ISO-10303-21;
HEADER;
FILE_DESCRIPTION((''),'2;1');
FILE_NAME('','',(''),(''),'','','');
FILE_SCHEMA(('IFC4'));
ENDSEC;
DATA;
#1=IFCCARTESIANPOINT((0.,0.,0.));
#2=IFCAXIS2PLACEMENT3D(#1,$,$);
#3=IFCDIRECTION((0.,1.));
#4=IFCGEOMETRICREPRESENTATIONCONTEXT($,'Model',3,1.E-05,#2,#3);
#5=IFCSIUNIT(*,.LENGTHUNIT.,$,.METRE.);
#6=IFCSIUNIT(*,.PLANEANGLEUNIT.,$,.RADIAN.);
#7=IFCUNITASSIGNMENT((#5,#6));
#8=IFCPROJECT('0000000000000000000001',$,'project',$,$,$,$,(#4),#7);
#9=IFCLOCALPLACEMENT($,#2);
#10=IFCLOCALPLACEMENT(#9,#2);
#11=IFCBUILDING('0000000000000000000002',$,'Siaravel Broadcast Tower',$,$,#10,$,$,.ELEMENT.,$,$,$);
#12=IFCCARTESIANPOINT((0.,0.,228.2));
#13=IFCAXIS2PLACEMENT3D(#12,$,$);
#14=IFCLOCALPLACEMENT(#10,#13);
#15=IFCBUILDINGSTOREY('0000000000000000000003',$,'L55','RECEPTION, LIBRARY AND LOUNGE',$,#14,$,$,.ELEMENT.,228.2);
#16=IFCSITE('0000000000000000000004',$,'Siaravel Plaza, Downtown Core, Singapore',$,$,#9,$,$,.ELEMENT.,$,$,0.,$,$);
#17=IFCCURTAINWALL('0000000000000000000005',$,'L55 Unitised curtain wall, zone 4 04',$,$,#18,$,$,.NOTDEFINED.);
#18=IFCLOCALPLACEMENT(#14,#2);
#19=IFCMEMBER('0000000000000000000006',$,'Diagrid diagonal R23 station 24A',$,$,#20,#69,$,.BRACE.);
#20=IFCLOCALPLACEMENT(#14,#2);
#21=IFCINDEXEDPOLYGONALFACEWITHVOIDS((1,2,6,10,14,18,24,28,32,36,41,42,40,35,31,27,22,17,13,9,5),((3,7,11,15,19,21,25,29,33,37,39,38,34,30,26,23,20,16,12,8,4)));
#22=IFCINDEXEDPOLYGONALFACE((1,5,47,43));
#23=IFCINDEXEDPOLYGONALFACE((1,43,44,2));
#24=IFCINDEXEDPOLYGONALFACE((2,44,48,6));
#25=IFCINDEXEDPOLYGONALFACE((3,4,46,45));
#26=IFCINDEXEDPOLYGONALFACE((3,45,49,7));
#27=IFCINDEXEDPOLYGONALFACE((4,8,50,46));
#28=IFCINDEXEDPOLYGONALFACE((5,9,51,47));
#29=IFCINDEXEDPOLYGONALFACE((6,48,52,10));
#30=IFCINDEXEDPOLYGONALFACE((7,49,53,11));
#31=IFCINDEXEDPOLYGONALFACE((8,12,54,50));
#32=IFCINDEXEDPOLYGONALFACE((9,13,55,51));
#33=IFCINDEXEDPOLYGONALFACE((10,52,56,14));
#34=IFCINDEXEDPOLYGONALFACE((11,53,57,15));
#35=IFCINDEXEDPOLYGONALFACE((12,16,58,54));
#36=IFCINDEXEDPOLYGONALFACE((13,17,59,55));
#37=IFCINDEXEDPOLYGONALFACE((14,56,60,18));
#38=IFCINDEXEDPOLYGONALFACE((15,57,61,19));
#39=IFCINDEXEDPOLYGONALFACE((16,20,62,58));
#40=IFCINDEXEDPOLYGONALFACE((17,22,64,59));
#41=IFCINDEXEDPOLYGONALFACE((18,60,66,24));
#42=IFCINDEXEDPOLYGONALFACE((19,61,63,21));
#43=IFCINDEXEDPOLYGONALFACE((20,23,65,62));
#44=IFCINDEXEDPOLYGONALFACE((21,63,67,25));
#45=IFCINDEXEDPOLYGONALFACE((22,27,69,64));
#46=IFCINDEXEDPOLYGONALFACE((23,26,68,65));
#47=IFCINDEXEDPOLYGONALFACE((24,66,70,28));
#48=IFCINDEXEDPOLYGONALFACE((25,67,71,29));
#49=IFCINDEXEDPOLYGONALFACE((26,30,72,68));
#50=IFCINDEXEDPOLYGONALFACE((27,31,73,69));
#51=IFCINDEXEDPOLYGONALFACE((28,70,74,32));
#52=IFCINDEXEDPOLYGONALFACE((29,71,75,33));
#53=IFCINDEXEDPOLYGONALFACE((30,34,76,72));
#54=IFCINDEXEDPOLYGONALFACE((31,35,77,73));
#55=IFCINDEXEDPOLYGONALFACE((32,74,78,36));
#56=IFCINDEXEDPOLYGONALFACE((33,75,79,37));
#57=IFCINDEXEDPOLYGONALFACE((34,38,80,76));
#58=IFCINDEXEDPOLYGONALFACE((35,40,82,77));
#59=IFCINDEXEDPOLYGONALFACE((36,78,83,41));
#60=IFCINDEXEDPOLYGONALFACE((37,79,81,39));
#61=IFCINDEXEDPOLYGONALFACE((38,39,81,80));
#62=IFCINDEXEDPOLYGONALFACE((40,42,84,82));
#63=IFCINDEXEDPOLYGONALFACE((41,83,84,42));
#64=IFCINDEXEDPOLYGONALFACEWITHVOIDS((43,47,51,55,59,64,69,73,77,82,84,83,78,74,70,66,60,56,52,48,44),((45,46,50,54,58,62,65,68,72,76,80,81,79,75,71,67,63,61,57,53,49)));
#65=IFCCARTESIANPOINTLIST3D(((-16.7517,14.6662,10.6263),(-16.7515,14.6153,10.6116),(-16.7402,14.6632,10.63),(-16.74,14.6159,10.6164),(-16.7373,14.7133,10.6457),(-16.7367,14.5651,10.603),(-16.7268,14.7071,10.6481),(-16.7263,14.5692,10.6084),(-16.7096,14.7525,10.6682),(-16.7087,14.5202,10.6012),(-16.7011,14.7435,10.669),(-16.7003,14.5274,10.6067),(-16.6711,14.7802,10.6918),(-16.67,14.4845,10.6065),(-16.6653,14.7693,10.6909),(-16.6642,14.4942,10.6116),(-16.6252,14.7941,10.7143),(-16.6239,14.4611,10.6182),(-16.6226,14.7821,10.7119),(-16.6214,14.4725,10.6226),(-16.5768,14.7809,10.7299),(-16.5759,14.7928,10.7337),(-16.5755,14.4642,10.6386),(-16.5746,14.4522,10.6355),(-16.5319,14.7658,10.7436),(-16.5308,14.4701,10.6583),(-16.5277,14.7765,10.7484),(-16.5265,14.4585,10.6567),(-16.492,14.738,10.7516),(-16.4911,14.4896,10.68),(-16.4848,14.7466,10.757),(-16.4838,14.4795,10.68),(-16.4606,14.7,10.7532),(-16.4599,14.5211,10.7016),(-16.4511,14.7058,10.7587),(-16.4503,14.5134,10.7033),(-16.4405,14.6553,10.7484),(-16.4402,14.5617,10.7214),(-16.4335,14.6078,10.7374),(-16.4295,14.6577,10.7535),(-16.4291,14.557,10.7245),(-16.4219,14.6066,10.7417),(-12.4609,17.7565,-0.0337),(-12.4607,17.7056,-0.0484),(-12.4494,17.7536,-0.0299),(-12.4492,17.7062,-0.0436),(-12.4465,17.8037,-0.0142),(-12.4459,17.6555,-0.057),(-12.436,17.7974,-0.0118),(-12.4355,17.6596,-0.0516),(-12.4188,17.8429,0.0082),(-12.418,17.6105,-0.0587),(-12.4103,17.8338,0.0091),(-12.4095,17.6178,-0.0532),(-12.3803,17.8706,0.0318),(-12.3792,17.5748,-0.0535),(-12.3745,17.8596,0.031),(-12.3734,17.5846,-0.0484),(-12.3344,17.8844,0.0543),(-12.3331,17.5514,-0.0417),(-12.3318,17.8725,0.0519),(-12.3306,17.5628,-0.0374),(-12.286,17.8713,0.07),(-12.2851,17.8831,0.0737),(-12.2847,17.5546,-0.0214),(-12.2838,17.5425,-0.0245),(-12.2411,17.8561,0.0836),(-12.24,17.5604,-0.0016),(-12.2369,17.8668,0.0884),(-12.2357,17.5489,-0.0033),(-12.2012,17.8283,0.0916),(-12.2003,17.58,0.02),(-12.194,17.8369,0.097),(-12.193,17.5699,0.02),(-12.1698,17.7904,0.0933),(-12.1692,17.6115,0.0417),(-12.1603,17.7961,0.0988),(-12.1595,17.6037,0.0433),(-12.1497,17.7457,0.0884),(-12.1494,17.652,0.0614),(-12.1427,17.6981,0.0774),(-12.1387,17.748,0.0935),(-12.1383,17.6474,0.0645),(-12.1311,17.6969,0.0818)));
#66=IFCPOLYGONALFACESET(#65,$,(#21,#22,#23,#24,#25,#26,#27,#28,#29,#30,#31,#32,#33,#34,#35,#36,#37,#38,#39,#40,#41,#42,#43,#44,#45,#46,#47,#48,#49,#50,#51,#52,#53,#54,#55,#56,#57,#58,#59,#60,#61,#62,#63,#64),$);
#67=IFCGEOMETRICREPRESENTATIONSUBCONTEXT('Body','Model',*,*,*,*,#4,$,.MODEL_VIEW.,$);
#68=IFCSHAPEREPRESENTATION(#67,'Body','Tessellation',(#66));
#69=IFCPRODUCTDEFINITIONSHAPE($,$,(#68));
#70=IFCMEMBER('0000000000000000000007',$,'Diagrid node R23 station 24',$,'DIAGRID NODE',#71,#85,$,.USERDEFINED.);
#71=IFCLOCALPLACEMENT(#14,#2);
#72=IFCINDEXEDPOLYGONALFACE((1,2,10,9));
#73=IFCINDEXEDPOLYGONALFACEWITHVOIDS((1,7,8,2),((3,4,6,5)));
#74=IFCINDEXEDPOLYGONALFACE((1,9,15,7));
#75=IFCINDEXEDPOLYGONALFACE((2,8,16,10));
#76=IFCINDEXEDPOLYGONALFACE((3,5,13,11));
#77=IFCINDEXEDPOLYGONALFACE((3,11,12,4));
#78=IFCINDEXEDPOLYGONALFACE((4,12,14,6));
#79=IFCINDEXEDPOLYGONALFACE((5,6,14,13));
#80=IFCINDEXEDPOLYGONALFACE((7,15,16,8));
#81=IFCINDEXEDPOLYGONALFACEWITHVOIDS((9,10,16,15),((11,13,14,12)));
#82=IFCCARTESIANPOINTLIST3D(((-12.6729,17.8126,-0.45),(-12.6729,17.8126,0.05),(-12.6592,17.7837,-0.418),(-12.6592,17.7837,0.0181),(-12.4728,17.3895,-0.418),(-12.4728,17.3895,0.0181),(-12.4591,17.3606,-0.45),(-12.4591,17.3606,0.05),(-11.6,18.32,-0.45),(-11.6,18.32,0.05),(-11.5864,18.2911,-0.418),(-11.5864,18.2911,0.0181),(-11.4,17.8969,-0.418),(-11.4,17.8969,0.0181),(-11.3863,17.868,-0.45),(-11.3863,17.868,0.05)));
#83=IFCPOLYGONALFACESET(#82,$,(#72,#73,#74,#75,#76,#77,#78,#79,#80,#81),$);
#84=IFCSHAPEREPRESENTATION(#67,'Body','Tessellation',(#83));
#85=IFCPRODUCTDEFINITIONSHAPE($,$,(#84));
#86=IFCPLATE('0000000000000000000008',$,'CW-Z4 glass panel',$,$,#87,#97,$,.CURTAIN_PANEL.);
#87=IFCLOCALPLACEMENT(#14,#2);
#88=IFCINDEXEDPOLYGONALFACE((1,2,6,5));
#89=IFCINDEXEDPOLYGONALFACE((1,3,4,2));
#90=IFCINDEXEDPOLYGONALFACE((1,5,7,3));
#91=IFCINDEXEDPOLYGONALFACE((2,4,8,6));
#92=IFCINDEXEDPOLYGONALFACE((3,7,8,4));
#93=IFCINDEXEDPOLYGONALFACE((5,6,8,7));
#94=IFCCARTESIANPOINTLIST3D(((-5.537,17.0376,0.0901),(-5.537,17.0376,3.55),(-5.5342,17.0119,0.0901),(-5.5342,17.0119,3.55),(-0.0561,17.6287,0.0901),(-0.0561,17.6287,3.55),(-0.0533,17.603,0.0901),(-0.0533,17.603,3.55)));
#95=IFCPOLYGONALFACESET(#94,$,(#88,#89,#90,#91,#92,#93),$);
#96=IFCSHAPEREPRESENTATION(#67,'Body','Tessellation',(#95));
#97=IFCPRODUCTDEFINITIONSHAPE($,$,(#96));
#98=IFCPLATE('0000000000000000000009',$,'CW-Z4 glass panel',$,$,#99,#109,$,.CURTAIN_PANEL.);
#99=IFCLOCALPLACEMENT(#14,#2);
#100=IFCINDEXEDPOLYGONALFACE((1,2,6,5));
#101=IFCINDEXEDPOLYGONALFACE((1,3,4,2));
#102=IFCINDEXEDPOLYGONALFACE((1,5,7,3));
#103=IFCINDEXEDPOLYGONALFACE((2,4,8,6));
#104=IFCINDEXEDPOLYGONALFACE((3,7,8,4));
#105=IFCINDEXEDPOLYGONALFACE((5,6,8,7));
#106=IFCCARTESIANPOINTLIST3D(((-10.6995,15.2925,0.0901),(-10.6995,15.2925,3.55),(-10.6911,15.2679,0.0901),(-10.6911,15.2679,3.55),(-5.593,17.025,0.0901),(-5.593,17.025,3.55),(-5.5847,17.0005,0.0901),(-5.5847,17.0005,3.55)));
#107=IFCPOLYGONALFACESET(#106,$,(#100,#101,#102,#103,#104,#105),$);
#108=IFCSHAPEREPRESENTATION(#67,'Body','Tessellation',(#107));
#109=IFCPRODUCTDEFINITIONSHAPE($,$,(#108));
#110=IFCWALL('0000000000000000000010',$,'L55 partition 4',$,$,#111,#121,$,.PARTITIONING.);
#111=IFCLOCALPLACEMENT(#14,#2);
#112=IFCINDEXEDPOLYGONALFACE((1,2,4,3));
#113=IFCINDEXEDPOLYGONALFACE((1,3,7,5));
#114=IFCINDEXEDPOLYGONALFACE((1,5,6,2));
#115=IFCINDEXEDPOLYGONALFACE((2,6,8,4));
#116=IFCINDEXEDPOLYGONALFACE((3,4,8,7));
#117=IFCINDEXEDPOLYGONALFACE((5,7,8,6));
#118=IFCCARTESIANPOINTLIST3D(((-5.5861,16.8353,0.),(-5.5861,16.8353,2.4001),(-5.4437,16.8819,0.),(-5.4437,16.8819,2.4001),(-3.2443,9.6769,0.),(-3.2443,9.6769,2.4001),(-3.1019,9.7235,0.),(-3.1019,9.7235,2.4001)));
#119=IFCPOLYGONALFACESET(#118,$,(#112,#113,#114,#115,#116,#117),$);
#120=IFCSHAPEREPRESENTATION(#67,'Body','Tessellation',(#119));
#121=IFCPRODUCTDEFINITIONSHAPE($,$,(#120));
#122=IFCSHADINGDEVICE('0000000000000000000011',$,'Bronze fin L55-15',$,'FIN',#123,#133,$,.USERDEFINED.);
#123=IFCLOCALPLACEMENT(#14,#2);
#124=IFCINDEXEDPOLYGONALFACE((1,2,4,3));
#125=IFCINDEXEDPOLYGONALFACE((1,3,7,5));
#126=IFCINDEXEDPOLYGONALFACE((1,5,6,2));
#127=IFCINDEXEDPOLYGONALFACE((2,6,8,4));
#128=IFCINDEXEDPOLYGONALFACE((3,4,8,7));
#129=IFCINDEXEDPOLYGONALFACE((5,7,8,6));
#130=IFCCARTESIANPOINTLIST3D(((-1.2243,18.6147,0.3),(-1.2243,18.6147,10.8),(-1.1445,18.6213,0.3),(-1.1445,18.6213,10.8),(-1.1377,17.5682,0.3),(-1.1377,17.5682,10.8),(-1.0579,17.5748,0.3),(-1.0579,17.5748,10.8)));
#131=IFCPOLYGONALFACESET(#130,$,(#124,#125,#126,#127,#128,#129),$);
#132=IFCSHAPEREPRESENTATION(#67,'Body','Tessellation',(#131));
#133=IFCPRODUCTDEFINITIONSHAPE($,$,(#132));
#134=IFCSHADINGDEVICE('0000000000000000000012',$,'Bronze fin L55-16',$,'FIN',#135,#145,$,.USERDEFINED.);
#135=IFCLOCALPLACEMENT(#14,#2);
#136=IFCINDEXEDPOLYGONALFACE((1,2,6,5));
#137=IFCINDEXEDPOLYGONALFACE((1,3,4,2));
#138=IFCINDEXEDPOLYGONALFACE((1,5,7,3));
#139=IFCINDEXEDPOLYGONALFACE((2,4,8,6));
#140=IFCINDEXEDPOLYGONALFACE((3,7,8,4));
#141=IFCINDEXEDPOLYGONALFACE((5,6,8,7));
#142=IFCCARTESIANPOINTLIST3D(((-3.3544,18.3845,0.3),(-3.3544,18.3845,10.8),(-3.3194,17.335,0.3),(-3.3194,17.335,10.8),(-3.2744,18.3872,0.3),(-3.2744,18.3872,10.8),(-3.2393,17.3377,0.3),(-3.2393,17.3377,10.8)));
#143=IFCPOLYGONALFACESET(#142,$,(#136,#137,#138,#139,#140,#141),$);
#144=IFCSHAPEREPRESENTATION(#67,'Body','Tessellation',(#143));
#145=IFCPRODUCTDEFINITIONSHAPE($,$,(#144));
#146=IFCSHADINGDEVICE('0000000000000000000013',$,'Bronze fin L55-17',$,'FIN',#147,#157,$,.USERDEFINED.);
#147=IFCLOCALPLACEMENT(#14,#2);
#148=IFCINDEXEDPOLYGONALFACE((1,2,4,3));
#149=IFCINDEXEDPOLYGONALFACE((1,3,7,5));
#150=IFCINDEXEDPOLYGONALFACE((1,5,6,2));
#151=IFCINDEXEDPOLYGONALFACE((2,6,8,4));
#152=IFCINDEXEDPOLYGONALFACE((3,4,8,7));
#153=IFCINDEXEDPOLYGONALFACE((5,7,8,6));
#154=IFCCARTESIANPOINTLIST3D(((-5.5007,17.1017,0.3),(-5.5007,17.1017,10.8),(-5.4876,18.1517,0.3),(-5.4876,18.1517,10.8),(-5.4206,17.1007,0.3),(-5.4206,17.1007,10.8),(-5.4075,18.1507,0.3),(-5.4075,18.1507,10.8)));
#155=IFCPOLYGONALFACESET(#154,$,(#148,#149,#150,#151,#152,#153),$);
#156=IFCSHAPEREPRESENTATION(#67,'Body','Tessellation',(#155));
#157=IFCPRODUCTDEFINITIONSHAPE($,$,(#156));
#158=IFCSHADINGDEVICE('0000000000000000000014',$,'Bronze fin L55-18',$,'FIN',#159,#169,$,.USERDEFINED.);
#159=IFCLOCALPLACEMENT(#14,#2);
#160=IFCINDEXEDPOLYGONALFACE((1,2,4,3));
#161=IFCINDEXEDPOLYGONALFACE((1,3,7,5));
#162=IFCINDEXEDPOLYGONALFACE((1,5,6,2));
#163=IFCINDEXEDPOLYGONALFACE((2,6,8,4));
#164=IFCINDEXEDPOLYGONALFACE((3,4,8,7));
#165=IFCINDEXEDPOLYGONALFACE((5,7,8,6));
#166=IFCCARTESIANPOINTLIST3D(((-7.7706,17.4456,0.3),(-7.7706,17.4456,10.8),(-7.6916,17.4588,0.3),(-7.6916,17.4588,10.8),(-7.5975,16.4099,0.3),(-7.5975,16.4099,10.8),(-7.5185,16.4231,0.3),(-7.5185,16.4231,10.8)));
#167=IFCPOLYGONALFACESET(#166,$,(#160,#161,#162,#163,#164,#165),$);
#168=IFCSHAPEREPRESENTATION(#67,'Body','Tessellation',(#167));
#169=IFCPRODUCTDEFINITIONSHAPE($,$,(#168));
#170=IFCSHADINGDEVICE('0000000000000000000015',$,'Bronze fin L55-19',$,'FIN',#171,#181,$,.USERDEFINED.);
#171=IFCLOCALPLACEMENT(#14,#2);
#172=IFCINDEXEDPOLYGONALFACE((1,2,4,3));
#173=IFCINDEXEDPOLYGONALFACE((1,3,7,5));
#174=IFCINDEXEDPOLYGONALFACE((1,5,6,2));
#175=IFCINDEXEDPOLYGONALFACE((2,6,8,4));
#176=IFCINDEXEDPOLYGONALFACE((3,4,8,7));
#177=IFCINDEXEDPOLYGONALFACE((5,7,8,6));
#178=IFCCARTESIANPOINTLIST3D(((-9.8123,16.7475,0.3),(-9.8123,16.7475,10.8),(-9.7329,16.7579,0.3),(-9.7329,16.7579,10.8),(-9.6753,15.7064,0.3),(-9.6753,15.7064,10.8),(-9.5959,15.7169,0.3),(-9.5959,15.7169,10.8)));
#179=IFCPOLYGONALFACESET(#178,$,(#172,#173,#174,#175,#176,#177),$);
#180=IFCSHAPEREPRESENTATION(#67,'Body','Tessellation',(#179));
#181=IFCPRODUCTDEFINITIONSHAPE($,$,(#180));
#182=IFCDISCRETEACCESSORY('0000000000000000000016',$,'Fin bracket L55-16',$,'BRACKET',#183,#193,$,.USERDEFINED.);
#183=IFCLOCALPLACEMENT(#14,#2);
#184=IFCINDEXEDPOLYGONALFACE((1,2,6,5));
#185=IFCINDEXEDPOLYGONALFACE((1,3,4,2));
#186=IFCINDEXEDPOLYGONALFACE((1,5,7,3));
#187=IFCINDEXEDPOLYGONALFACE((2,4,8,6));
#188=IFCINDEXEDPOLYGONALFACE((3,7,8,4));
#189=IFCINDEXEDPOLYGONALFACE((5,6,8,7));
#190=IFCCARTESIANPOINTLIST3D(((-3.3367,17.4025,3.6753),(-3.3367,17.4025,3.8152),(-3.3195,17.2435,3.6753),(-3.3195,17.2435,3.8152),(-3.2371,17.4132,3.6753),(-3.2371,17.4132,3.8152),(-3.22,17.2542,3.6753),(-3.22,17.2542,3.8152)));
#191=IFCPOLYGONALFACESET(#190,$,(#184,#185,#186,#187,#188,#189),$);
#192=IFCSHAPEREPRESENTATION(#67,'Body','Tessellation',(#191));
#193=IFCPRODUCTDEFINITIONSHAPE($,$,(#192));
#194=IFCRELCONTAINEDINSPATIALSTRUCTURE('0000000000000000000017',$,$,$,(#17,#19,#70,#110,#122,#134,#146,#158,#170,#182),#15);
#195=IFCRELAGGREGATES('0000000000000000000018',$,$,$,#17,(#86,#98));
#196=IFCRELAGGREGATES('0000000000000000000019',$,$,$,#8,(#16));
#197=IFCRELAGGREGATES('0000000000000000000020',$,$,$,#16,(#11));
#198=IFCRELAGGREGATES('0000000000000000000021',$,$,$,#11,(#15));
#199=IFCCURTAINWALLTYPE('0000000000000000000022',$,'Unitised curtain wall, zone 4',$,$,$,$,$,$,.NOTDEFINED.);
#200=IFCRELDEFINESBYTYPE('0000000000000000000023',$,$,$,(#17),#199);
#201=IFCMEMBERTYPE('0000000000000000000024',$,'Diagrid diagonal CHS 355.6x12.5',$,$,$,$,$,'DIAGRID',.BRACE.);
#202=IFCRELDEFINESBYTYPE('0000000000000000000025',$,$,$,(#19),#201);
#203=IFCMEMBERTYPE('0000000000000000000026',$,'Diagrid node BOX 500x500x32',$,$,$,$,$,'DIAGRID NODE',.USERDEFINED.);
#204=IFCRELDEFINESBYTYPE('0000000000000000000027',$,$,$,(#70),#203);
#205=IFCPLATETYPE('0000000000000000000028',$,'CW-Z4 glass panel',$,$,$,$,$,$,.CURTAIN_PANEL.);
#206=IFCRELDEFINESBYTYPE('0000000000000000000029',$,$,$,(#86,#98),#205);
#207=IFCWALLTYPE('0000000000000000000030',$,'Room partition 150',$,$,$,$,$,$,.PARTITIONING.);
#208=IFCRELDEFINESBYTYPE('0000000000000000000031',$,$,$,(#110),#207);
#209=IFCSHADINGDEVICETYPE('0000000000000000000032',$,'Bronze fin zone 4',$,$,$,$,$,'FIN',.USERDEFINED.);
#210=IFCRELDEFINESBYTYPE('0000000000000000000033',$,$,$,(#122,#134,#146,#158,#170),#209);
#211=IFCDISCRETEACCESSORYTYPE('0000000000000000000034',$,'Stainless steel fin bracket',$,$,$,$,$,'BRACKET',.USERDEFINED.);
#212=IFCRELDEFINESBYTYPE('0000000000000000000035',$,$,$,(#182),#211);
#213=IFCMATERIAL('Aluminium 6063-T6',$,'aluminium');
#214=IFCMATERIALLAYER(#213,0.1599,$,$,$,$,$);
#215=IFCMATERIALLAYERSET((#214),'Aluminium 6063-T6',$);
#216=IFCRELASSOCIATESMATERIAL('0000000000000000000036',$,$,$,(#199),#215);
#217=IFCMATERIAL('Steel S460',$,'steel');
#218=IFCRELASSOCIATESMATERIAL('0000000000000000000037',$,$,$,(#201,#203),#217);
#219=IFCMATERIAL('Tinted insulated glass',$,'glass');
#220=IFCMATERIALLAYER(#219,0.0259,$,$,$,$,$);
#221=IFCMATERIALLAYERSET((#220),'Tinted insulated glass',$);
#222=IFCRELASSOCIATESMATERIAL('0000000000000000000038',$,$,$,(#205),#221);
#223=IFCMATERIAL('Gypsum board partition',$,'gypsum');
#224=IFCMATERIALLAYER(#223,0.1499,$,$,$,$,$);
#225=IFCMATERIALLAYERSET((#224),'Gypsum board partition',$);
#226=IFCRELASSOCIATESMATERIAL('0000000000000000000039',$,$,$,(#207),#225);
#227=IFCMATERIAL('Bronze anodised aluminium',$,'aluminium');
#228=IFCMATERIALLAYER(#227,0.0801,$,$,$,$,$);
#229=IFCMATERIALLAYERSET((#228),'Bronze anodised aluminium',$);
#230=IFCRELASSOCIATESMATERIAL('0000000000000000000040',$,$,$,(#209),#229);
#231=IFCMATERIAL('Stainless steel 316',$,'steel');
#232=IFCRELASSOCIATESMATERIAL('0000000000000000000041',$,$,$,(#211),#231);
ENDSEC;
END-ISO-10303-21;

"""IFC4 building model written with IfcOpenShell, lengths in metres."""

from ifc_helpers import new_model, si_unit, direction, frame, frame_2d, origin, origin_2d, place, context, subcontext, project, spatial, rectangle, hollow_rectangle, hollow_circle, extrude, material, layer, layer_set, material_profile, profile_set, type_object, element, aggregate, save


model = new_model("IFC4")

# Units and contexts
model_context = context("Model", 3, precision=1e-05, world=origin(), true_north=direction((0.0, 1.0)))
body_context = subcontext(model_context, "Body", "Model", "MODEL_VIEW")
ifc_project = project(units=[si_unit("LENGTHUNIT", "METRE"), si_unit("PLANEANGLEUNIT", "RADIAN")], contexts=[model_context])

# Site, building, storey
site_placement = place(None, origin())
site = spatial("IfcSite", under=ifc_project, at=site_placement, Name="Siaravel Plaza, Downtown Core, Singapore", CompositionType="ELEMENT", RefElevation=0.0)
building_placement = place(site_placement, origin())
building = spatial("IfcBuilding", under=site, at=building_placement, Name="Siaravel Broadcast Tower", CompositionType="ELEMENT")
storey_placement = place(building_placement, frame((0.0, 0.0, 228.2)))
storey = spatial("IfcBuildingStorey", under=building, at=storey_placement, Name="L55", Description="RECEPTION, LIBRARY AND LOUNGE", CompositionType="ELEMENT", Elevation=228.2)

# Curtain wall
ifc_material_1 = material(Name="Aluminium 6063-T6", Category="aluminium")
ifc_layer_1 = layer(ifc_material_1, 0.1599)
ifc_layer_set_1 = layer_set([ifc_layer_1], Name="Aluminium 6063-T6")
curtain_wall_type = type_object("IfcCurtainWallType", Name="Unitised curtain wall, zone 4", PredefinedType="NOTDEFINED", material=ifc_layer_set_1)
curtain_wall_placement = place(storey_placement, origin())
curtain_wall = element("IfcCurtainWall", 1, at=curtain_wall_placement, inside=storey, type_object=curtain_wall_type, Name="L55 Unitised curtain wall, zone 4 04", PredefinedType="NOTDEFINED")

# Members
ifc_material_2 = material(Name="Steel S460", Category="steel")
ifc_material_profile_1 = material_profile(ifc_material_2, hollow_circle(Radius=0.1777, WallThickness=0.0125, at=origin_2d()))
ifc_profile_set_1 = profile_set([ifc_material_profile_1], Name="Steel S460")
member_type_1 = type_object("IfcMemberType", Name="Diagrid diagonal CHS 355.6x12.5", ElementType="DIAGRID", PredefinedType="BRACE", material=ifc_profile_set_1)
member_1_placement = place(storey_placement, frame((-12.2969, 17.7141, 0.02), z_axis=(-0.360589, -0.259706, 0.89584), x_axis=(0.584426, -0.811447, 0.0)))
element("IfcMember", 2, at=member_1_placement, inside=storey, type_object=member_type_1, Name="Diagrid diagonal R23 station 24A", PredefinedType="BRACE", context=body_context, shape_type="SweptSolid", body=[
    extrude(hollow_circle(Radius=0.1777, WallThickness=0.0125, at=origin_2d()), origin(), (0.0, 0.0, 1.0), 11.8994),
])
ifc_material_profile_2 = material_profile(ifc_material_2, hollow_rectangle(XDim=0.5, YDim=0.5, WallThickness=0.032, at=origin_2d()))
ifc_profile_set_2 = profile_set([ifc_material_profile_2], Name="Steel S460")
member_type_2 = type_object("IfcMemberType", Name="Diagrid node BOX 500x500x32", ElementType="DIAGRID NODE", PredefinedType="USERDEFINED", material=ifc_profile_set_2)
member_2_placement = place(storey_placement, frame((-11.4932, 18.094, -0.2), z_axis=(-0.904006, -0.42752, 0.0), x_axis=(0.42752, -0.904006, 0.0)))
element("IfcMember", 3, at=member_2_placement, inside=storey, type_object=member_type_2, Name="Diagrid node R23 station 24", ObjectType="DIAGRID NODE", PredefinedType="USERDEFINED", context=body_context, shape_type="SweptSolid", body=[
    extrude(hollow_rectangle(XDim=0.5, YDim=0.5, WallThickness=0.032, at=origin_2d()), origin(), (0.0, 0.0, 1.0), 1.1868),
])

# Plates
ifc_material_3 = material(Name="Tinted insulated glass", Category="glass")
ifc_layer_2 = layer(ifc_material_3, 0.0259)
ifc_layer_set_2 = layer_set([ifc_layer_2], Name="Tinted insulated glass")
plate_type = type_object("IfcPlateType", Name="CW-Z4 glass panel", PredefinedType="CURTAIN_PANEL", material=ifc_layer_set_2)
plate_1_placement = place(storey_placement, frame((-2.7952, 17.3203, 0.0901), z_axis=(0.0, 0.0, 1.0), x_axis=(-0.994236, -0.107218, 0.0)))
plate_1 = element("IfcPlate", 4, at=plate_1_placement, type_object=plate_type, Name="CW-Z4 glass panel", PredefinedType="CURTAIN_PANEL", context=body_context, shape_type="SweptSolid", body=[
    extrude(rectangle(XDim=5.5127, YDim=0.0259, at=origin_2d()), origin(), (0.0, 0.0, 1.0), 3.46),
])
plate_2_placement = place(storey_placement, frame((-8.1421, 16.1465, 0.0901), z_axis=(0.0, 0.0, 1.0), x_axis=(-0.946977, -0.321301, 0.0)))
plate_2 = element("IfcPlate", 5, at=plate_2_placement, type_object=plate_type, Name="CW-Z4 glass panel", PredefinedType="CURTAIN_PANEL", context=body_context, shape_type="SweptSolid", body=[
    extrude(rectangle(XDim=5.3923, YDim=0.0259, at=origin_2d()), origin(), (0.0, 0.0, 1.0), 3.46),
])
aggregate(curtain_wall, [plate_1, plate_2])

# Wall
ifc_material_4 = material(Name="Gypsum board partition", Category="gypsum")
ifc_layer_3 = layer(ifc_material_4, 0.1499)
ifc_layer_set_3 = layer_set([ifc_layer_3], Name="Gypsum board partition")
wall_type = type_object("IfcWallType", Name="Room partition 150", PredefinedType="PARTITIONING", material=ifc_layer_set_3)
wall_placement = place(storey_placement, frame((-5.5149, 16.8586, 0.0), z_axis=(0.0, 0.0, 1.0), x_axis=(0.310923, -0.950435, 0.0)))
element("IfcWall", 6, at=wall_placement, inside=storey, type_object=wall_type, Name="L55 partition 4", PredefinedType="PARTITIONING", context=body_context, shape_type="SweptSolid", body=[
    extrude(rectangle(XDim=7.5317, YDim=0.1499, at=frame_2d((3.7659, 0.0))), origin(), (0.0, 0.0, 1.0), 2.4001),
])

# Shading devices
ifc_material_5 = material(Name="Bronze anodised aluminium", Category="aluminium")
ifc_layer_4 = layer(ifc_material_5, 0.0801)
ifc_layer_set_4 = layer_set([ifc_layer_4], Name="Bronze anodised aluminium")
shading_device_type = type_object("IfcShadingDeviceType", Name="Bronze fin zone 4", ElementType="FIN", PredefinedType="USERDEFINED", material=ifc_layer_set_4)
for number, where, z_axis, x_axis, name in (
    (7, (-1.1411, 18.0947, 0.3), (0.0, 0.0, 1.0), (-0.082453, 0.996595, 0.0), "Bronze fin L55-15"),
    (8, (-3.2969, 17.8611, 0.3), (0.0, 0.0, 1.0), (-0.033358, 0.999443, 0.0), "Bronze fin L55-16"),
    (9, (-5.4541, 17.6262, 0.3), (0.0, 0.0, 1.0), (0.012484, 0.999922, 0.0), "Bronze fin L55-17"),
    (10, (-7.6445, 16.9343, 0.3), (0.0, 0.0, 1.0), (-0.164877, 0.986314, 0.0), "Bronze fin L55-18"),
    (11, (-9.7041, 16.2322, 0.3), (0.0, 0.0, 1.0), (-0.13049, 0.99145, 0.0), "Bronze fin L55-19"),
):
    element("IfcShadingDevice", number, at=place(storey_placement, frame(where, z_axis=z_axis, x_axis=x_axis)), inside=storey, type_object=shading_device_type, Name=name, ObjectType="FIN", PredefinedType="USERDEFINED", context=body_context, shape_type="SweptSolid", body=[
        extrude(rectangle(XDim=1.05, YDim=0.0801, at=origin_2d()), origin(), (0.0, 0.0, 1.0), 10.5),
    ])

# Discrete accessory
ifc_material_6 = material(Name="Stainless steel 316", Category="steel")
discrete_accessory_type_1 = type_object("IfcDiscreteAccessoryType", Name="Stainless steel fin bracket", ElementType="BRACKET", PredefinedType="USERDEFINED", material=ifc_material_6)
discrete_accessory_placement = place(storey_placement, frame((-3.2783, 17.3284, 3.6753), z_axis=(0.0, 0.0, 1.0), x_axis=(-0.107219, 0.994235, 0.0)))
element("IfcDiscreteAccessory", 12, at=discrete_accessory_placement, inside=storey, type_object=discrete_accessory_type_1, Name="Fin bracket L55-16", ObjectType="BRACKET", PredefinedType="USERDEFINED", context=body_context, shape_type="SweptSolid", body=[
    extrude(rectangle(XDim=0.1599, YDim=0.1001, at=origin_2d()), origin(), (0.0, 0.0, 1.0), 0.1399),
])

save(model, "model.ifc")
